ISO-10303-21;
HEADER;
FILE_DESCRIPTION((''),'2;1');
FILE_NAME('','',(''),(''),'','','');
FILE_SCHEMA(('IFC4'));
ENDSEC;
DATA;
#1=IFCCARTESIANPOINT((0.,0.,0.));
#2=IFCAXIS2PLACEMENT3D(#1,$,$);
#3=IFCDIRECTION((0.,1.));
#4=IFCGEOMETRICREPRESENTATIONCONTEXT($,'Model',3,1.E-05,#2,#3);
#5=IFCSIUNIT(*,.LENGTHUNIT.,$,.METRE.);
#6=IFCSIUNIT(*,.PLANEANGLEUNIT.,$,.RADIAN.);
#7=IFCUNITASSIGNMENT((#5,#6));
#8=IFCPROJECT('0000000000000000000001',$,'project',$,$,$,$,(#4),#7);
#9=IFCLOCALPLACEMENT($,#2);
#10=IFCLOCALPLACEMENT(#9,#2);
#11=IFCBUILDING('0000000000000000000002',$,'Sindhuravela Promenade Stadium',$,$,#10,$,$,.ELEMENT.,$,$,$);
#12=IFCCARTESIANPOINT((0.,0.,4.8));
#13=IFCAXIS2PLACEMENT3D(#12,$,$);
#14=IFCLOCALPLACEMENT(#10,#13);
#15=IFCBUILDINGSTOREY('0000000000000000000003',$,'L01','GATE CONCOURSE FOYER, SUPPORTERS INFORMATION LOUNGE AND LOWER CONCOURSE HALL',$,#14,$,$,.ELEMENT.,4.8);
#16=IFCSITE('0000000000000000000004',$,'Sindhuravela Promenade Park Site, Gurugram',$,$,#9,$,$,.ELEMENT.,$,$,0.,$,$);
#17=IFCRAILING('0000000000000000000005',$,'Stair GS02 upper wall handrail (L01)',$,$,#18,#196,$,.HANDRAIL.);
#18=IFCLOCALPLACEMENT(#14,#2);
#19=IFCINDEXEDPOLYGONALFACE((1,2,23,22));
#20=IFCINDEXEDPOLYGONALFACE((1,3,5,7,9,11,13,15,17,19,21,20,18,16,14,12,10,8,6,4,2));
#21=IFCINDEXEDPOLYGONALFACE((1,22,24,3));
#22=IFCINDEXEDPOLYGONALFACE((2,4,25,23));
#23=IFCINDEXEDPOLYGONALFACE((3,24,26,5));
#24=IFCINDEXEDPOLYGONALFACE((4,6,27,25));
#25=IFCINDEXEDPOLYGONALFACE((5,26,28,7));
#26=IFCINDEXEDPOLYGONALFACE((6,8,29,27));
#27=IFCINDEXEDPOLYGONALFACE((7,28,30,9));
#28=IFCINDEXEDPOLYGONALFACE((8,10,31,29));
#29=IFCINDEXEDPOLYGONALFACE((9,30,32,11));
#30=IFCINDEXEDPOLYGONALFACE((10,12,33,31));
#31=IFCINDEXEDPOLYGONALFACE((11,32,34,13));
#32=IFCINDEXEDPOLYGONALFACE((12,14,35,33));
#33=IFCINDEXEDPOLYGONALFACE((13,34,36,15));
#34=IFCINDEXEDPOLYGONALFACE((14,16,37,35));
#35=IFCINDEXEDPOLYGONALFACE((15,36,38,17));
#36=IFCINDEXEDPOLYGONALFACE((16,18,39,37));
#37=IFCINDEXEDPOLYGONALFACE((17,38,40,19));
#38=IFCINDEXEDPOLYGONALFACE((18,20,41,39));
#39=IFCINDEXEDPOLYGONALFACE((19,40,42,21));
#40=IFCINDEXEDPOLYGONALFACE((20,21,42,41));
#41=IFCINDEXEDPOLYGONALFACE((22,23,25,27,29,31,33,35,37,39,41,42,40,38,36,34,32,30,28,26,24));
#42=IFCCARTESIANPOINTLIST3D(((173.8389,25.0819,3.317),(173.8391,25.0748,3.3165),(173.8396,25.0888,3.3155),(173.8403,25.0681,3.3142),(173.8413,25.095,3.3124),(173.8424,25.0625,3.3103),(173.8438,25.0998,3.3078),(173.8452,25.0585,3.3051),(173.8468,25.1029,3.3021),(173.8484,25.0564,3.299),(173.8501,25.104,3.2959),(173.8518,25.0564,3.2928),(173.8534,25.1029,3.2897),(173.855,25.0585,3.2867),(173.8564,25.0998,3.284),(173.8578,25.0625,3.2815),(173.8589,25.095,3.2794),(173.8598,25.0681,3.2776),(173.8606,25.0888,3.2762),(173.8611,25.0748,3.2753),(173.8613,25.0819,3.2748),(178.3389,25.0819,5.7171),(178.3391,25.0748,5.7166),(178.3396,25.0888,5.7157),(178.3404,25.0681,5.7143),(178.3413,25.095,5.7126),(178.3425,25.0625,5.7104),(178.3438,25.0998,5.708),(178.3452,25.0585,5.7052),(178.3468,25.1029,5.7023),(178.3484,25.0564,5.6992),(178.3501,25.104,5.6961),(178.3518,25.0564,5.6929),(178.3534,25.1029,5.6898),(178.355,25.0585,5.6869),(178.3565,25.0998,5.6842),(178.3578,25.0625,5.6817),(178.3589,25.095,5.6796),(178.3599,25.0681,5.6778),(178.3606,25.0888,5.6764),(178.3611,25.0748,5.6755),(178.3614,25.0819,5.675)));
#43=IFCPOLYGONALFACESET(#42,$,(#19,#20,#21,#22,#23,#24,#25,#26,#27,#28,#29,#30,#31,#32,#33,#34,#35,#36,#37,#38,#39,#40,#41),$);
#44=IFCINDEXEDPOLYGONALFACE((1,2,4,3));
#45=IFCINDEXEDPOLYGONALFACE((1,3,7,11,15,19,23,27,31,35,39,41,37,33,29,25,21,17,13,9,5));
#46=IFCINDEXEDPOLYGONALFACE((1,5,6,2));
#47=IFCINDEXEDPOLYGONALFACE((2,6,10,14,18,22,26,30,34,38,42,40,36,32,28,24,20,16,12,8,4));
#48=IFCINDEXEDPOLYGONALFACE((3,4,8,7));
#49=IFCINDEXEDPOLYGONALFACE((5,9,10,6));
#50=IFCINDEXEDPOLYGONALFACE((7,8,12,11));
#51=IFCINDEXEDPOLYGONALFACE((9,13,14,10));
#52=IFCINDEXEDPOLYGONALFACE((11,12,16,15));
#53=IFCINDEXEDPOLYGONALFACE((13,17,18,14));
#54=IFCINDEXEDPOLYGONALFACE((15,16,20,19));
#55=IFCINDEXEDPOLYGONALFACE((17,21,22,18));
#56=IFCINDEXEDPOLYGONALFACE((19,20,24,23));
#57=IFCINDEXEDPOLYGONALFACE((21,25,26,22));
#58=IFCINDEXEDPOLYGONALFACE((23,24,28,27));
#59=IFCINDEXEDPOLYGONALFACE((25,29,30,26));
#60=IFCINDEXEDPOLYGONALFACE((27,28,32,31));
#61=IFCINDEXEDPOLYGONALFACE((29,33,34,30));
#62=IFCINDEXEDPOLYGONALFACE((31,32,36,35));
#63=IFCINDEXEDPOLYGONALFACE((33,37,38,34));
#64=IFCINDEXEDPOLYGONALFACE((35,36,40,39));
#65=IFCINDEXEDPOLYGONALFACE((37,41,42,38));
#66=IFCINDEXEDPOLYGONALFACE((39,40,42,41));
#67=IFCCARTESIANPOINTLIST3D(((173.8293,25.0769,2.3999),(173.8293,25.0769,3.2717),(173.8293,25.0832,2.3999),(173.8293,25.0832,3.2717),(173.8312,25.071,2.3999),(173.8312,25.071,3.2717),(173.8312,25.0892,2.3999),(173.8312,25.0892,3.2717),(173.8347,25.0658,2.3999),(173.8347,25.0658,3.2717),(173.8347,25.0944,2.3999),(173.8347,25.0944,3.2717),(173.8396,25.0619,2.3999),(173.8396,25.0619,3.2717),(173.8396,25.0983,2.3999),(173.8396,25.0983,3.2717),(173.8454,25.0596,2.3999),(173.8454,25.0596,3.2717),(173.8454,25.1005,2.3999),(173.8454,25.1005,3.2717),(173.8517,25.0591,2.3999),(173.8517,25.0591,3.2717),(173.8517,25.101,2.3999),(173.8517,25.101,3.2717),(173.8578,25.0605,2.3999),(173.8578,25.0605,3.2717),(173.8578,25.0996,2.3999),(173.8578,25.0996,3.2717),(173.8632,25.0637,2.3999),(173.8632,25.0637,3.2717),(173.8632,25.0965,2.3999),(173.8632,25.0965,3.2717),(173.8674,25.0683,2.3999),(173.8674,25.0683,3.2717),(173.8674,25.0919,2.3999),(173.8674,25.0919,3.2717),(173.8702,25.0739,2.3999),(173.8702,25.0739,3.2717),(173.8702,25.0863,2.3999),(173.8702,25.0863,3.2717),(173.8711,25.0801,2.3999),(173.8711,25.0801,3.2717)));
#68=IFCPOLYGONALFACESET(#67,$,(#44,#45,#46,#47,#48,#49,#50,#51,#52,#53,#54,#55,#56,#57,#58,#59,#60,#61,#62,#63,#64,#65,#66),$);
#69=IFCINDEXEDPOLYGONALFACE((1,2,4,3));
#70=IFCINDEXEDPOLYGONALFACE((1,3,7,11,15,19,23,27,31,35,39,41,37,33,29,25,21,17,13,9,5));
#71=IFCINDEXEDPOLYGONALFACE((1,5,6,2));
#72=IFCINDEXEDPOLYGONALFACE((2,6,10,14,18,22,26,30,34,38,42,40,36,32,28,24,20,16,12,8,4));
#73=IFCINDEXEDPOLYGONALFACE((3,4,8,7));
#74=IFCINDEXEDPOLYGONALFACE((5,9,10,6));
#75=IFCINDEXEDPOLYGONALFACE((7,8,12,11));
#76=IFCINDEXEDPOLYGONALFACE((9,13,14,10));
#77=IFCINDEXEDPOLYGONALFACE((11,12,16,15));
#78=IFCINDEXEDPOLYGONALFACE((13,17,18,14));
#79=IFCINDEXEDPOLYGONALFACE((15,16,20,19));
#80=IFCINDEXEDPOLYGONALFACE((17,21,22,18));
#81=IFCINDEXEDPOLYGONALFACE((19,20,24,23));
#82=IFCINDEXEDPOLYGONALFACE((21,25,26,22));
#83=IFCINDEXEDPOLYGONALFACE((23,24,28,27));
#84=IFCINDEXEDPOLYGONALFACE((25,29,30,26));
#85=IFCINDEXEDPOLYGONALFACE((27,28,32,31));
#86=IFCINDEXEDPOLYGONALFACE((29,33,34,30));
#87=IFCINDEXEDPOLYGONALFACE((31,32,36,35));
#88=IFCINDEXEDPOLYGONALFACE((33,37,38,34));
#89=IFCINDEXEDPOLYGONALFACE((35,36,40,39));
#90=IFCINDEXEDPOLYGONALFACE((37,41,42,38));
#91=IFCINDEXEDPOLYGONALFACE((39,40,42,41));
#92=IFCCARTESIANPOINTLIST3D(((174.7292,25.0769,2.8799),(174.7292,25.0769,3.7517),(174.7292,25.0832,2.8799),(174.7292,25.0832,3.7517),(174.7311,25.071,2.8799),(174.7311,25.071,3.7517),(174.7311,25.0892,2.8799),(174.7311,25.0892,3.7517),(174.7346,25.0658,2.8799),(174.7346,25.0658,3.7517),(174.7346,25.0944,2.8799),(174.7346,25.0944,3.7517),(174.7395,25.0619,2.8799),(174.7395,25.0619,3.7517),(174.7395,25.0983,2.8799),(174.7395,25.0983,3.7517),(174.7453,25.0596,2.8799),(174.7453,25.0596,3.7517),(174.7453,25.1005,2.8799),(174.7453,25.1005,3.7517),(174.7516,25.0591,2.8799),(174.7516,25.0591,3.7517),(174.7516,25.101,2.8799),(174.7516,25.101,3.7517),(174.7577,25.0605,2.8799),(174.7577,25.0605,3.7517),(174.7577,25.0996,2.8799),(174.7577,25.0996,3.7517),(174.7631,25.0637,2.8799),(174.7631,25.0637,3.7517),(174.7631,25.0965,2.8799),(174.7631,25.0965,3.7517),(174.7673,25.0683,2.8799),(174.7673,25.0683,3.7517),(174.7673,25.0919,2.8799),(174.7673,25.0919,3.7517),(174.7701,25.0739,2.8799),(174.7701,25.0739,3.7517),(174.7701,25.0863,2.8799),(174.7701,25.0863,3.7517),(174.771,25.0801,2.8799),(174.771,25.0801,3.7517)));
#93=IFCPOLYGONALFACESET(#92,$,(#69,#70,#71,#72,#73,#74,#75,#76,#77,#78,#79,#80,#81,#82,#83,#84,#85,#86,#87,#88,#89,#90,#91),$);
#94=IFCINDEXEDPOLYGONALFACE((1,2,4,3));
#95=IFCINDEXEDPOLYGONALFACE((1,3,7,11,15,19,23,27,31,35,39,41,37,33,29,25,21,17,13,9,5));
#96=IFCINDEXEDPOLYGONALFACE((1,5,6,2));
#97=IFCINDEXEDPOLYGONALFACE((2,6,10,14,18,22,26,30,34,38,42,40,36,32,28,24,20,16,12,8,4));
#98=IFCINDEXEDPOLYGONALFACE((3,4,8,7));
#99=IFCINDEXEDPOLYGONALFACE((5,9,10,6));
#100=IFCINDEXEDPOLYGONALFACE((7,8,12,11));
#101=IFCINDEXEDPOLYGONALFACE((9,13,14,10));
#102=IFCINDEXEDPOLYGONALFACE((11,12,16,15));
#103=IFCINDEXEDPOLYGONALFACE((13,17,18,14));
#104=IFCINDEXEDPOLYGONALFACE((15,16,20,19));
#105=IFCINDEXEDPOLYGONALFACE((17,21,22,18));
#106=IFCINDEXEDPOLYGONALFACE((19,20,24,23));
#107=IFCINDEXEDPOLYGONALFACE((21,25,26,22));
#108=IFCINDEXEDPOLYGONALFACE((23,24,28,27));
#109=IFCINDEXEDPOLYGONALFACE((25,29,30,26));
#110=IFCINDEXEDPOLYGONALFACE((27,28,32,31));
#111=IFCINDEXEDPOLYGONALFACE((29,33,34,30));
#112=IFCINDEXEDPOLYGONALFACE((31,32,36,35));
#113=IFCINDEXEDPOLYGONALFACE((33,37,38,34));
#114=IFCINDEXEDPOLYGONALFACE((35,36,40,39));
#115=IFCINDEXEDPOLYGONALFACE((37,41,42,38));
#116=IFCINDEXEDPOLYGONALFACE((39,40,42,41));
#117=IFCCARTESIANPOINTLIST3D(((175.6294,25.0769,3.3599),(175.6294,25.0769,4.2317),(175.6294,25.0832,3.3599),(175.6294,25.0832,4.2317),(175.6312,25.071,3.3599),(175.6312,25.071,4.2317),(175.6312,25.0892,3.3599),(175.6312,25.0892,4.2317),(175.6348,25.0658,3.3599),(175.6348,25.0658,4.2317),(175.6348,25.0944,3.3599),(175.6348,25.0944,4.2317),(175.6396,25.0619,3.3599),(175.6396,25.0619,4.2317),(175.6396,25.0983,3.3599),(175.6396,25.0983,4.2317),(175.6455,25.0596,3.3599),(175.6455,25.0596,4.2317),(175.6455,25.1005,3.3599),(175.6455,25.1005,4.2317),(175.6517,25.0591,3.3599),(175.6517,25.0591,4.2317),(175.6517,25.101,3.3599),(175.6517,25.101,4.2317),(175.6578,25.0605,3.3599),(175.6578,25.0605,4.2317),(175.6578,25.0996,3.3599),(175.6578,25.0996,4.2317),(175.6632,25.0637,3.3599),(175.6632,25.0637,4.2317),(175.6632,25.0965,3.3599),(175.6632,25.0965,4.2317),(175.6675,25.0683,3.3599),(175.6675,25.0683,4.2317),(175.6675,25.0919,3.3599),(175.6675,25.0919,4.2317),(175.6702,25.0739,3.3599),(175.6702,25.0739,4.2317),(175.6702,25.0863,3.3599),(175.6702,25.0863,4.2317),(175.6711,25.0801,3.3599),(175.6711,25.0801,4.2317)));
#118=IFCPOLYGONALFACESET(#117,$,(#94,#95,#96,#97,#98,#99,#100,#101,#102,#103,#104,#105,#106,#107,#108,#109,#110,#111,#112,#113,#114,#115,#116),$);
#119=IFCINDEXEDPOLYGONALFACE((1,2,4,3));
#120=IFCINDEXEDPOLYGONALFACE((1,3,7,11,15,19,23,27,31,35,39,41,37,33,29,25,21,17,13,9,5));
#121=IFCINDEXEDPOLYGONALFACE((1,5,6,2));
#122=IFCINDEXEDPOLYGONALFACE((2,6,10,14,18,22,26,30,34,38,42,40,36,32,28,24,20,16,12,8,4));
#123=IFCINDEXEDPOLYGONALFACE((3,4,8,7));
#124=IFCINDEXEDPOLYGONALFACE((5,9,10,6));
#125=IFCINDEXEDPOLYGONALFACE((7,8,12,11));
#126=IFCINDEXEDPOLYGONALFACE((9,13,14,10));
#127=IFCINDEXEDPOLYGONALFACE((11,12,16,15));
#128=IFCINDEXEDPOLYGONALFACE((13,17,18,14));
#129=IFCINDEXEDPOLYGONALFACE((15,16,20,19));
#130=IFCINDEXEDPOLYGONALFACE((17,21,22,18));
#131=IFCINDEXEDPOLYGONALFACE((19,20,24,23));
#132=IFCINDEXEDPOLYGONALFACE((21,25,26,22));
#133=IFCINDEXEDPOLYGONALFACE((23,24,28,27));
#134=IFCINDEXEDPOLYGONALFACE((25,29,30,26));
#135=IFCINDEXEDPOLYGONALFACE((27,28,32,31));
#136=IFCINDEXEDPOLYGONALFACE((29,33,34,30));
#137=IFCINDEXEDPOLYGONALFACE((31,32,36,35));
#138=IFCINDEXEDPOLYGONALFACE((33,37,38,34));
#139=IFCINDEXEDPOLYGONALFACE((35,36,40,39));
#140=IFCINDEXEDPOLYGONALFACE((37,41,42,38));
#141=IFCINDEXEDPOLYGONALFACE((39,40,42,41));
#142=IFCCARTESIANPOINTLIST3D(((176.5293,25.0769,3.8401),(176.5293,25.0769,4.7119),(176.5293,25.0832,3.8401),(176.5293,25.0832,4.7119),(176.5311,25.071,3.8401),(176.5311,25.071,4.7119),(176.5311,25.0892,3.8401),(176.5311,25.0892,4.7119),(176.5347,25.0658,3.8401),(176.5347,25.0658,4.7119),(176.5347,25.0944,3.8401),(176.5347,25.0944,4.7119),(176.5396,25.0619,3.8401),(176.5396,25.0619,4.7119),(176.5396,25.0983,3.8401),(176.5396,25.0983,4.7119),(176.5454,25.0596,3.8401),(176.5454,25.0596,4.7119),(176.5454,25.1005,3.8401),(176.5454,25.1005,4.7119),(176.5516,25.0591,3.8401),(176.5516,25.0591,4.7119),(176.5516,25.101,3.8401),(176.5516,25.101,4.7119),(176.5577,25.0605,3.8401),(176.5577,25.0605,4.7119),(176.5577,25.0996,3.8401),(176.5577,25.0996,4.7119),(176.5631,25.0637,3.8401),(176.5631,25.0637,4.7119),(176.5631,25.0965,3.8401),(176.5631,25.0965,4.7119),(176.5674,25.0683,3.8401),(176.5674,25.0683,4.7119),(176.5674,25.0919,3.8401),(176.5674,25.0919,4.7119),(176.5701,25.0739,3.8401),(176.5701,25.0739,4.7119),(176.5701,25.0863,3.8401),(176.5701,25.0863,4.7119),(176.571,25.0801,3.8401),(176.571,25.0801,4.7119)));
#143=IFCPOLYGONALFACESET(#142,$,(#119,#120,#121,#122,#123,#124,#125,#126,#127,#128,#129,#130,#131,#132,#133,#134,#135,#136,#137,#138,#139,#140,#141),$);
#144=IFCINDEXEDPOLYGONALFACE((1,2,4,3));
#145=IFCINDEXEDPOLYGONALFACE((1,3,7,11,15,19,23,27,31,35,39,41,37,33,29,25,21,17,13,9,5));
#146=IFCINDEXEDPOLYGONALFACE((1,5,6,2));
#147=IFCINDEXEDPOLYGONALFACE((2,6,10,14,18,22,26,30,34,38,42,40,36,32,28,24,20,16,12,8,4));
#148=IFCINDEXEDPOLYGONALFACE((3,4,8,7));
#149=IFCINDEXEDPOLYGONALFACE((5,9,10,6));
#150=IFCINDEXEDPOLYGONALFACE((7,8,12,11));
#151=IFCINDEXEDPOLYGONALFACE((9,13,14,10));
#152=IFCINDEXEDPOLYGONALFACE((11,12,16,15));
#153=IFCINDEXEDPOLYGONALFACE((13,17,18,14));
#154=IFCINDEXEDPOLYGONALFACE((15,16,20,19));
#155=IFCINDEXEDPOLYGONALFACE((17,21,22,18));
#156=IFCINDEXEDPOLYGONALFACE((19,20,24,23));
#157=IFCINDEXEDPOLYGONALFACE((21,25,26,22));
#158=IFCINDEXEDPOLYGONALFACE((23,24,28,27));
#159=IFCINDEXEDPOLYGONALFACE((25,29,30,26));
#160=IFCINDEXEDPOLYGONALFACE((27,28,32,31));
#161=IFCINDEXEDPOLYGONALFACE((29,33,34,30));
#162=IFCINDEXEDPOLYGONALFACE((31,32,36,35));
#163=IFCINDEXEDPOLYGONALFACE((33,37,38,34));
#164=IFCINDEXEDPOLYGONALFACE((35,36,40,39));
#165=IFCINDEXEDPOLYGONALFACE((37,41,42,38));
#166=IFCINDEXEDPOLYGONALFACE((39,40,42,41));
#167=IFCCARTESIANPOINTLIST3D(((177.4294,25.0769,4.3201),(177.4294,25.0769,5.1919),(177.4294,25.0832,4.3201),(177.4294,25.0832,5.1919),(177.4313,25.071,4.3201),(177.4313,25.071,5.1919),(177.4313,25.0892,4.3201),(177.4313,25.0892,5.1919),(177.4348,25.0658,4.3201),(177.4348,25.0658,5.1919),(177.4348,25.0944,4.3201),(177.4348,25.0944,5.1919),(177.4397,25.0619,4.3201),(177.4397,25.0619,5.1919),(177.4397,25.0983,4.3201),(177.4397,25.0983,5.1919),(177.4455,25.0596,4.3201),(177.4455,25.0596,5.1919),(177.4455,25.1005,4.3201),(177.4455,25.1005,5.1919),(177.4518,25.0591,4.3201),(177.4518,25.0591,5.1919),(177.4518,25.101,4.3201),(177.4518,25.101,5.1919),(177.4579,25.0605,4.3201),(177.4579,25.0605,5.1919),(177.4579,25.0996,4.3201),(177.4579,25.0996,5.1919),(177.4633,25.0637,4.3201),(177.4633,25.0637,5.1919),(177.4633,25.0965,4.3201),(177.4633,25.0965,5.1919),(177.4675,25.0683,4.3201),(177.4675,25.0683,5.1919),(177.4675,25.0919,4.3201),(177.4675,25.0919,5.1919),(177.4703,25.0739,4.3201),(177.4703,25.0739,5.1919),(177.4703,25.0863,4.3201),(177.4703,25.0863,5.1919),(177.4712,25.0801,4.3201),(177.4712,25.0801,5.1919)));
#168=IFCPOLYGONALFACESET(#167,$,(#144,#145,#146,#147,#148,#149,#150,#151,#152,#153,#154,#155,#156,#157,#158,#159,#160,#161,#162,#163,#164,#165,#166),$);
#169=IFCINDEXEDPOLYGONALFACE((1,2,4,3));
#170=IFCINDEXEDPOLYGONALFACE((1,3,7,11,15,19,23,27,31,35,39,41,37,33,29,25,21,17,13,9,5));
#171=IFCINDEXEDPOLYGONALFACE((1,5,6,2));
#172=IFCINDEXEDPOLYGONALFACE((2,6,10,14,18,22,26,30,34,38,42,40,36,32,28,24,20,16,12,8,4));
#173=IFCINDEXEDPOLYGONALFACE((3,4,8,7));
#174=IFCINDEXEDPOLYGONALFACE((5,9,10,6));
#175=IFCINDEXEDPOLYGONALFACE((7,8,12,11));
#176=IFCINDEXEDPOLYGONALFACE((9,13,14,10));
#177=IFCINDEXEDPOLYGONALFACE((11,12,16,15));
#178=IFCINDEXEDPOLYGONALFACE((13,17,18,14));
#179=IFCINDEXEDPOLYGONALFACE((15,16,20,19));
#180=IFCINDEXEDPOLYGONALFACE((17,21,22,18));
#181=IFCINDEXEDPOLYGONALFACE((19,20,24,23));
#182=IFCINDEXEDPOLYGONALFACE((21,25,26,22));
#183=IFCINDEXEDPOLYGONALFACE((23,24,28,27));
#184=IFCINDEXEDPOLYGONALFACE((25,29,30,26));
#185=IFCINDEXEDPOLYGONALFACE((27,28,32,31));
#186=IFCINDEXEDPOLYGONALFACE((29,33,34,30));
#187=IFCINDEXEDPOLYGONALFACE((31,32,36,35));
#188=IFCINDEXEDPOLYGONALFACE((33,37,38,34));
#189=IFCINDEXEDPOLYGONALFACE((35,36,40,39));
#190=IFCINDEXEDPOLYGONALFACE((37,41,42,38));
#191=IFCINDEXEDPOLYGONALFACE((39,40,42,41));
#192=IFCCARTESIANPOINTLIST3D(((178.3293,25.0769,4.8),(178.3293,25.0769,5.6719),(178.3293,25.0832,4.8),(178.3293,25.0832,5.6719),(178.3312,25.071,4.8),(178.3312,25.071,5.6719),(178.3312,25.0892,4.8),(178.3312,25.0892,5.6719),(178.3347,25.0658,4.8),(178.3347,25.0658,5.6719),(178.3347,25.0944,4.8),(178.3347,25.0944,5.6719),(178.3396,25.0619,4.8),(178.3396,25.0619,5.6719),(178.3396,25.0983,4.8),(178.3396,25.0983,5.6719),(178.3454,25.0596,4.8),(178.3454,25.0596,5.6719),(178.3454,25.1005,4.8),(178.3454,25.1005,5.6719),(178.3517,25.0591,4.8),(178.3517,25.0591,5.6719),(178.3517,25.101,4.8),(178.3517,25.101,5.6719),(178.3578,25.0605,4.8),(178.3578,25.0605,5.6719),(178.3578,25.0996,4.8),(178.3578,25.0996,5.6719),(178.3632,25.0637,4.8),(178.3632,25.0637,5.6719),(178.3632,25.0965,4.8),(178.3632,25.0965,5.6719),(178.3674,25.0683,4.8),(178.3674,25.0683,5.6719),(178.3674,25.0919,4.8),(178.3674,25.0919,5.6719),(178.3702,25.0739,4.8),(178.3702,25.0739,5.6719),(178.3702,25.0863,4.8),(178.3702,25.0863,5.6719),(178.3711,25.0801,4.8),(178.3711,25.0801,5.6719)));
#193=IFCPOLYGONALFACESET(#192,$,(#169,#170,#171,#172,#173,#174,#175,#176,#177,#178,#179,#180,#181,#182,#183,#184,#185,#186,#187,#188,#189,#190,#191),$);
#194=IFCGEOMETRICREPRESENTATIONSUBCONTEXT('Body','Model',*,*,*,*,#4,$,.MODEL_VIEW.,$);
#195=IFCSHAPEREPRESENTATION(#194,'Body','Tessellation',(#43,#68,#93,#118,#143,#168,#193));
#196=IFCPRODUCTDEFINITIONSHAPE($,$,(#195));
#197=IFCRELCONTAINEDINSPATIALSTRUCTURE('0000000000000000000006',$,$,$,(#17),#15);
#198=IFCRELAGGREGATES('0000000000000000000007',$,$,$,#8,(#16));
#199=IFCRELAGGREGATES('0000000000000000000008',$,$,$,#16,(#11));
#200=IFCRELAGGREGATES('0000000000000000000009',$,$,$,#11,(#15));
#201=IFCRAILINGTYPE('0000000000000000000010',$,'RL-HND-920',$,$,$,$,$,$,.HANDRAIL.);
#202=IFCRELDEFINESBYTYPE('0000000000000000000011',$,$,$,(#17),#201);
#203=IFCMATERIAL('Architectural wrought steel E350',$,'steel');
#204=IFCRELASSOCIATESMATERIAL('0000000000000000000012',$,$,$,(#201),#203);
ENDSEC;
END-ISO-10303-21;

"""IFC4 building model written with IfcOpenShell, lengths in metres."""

from ifc_helpers import new_model, si_unit, direction, frame, origin, origin_2d, place, context, subcontext, project, spatial, circle, extrude, material, type_object, element, save


model = new_model("IFC4")

# Units and contexts
model_context = context("Model", 3, precision=1e-05, world=origin(), true_north=direction((0.0, 1.0)))
body_context = subcontext(model_context, "Body", "Model", "MODEL_VIEW")
ifc_project = project(units=[si_unit("LENGTHUNIT", "METRE"), si_unit("PLANEANGLEUNIT", "RADIAN")], contexts=[model_context])

# Site, building, storey
site_placement = place(None, origin())
site = spatial("IfcSite", under=ifc_project, at=site_placement, Name="Sindhuravela Promenade Park Site, Gurugram", CompositionType="ELEMENT", RefElevation=0.0)
building_placement = place(site_placement, origin())
building = spatial("IfcBuilding", under=site, at=building_placement, Name="Sindhuravela Promenade Stadium", CompositionType="ELEMENT")
storey_placement = place(building_placement, frame((0.0, 0.0, 4.8)))
storey = spatial("IfcBuildingStorey", under=building, at=storey_placement, Name="L01", Description="GATE CONCOURSE FOYER, SUPPORTERS INFORMATION LOUNGE AND LOWER CONCOURSE HALL", CompositionType="ELEMENT", Elevation=4.8)

# Railing
ifc_material_1 = material(Name="Architectural wrought steel E350", Category="steel")
railing_type_1 = type_object("IfcRailingType", Name="RL-HND-920", PredefinedType="HANDRAIL", material=ifc_material_1)
railing_1_placement = place(storey_placement, frame((173.8501, 25.0801, 2.3999)))
element("IfcRailing", 1, at=railing_1_placement, inside=storey, type_object=railing_type_1, Name="Stair GS02 upper wall handrail (L01)", PredefinedType="HANDRAIL", context=body_context, shape_type="SweptSolid", body=[
    extrude(circle(Radius=0.0239, at=origin_2d()), frame((0.0, 0.0, 0.896), z_axis=(0.882341, 0.0, 0.470611), x_axis=(0.0, 1.0, 0.0)), (0.0, 0.0, 1.0), 5.1001),
    extrude(circle(Radius=0.021, at=origin_2d()), origin(), (0.0, 0.0, 1.0), 0.8718),
    extrude(circle(Radius=0.021, at=origin_2d()), frame((0.8999, 0.0, 0.48)), (0.0, 0.0, 1.0), 0.8718),
    extrude(circle(Radius=0.021, at=origin_2d()), frame((1.8, 0.0, 0.96)), (0.0, 0.0, 1.0), 0.8718),
    extrude(circle(Radius=0.021, at=origin_2d()), frame((2.7, 0.0, 1.4402)), (0.0, 0.0, 1.0), 0.8718),
    extrude(circle(Radius=0.021, at=origin_2d()), frame((3.6001, 0.0, 1.9202)), (0.0, 0.0, 1.0), 0.8718),
    extrude(circle(Radius=0.021, at=origin_2d()), frame((4.5, 0.0, 2.4001)), (0.0, 0.0, 1.0), 0.8718),
])

save(model, "model.ifc")
